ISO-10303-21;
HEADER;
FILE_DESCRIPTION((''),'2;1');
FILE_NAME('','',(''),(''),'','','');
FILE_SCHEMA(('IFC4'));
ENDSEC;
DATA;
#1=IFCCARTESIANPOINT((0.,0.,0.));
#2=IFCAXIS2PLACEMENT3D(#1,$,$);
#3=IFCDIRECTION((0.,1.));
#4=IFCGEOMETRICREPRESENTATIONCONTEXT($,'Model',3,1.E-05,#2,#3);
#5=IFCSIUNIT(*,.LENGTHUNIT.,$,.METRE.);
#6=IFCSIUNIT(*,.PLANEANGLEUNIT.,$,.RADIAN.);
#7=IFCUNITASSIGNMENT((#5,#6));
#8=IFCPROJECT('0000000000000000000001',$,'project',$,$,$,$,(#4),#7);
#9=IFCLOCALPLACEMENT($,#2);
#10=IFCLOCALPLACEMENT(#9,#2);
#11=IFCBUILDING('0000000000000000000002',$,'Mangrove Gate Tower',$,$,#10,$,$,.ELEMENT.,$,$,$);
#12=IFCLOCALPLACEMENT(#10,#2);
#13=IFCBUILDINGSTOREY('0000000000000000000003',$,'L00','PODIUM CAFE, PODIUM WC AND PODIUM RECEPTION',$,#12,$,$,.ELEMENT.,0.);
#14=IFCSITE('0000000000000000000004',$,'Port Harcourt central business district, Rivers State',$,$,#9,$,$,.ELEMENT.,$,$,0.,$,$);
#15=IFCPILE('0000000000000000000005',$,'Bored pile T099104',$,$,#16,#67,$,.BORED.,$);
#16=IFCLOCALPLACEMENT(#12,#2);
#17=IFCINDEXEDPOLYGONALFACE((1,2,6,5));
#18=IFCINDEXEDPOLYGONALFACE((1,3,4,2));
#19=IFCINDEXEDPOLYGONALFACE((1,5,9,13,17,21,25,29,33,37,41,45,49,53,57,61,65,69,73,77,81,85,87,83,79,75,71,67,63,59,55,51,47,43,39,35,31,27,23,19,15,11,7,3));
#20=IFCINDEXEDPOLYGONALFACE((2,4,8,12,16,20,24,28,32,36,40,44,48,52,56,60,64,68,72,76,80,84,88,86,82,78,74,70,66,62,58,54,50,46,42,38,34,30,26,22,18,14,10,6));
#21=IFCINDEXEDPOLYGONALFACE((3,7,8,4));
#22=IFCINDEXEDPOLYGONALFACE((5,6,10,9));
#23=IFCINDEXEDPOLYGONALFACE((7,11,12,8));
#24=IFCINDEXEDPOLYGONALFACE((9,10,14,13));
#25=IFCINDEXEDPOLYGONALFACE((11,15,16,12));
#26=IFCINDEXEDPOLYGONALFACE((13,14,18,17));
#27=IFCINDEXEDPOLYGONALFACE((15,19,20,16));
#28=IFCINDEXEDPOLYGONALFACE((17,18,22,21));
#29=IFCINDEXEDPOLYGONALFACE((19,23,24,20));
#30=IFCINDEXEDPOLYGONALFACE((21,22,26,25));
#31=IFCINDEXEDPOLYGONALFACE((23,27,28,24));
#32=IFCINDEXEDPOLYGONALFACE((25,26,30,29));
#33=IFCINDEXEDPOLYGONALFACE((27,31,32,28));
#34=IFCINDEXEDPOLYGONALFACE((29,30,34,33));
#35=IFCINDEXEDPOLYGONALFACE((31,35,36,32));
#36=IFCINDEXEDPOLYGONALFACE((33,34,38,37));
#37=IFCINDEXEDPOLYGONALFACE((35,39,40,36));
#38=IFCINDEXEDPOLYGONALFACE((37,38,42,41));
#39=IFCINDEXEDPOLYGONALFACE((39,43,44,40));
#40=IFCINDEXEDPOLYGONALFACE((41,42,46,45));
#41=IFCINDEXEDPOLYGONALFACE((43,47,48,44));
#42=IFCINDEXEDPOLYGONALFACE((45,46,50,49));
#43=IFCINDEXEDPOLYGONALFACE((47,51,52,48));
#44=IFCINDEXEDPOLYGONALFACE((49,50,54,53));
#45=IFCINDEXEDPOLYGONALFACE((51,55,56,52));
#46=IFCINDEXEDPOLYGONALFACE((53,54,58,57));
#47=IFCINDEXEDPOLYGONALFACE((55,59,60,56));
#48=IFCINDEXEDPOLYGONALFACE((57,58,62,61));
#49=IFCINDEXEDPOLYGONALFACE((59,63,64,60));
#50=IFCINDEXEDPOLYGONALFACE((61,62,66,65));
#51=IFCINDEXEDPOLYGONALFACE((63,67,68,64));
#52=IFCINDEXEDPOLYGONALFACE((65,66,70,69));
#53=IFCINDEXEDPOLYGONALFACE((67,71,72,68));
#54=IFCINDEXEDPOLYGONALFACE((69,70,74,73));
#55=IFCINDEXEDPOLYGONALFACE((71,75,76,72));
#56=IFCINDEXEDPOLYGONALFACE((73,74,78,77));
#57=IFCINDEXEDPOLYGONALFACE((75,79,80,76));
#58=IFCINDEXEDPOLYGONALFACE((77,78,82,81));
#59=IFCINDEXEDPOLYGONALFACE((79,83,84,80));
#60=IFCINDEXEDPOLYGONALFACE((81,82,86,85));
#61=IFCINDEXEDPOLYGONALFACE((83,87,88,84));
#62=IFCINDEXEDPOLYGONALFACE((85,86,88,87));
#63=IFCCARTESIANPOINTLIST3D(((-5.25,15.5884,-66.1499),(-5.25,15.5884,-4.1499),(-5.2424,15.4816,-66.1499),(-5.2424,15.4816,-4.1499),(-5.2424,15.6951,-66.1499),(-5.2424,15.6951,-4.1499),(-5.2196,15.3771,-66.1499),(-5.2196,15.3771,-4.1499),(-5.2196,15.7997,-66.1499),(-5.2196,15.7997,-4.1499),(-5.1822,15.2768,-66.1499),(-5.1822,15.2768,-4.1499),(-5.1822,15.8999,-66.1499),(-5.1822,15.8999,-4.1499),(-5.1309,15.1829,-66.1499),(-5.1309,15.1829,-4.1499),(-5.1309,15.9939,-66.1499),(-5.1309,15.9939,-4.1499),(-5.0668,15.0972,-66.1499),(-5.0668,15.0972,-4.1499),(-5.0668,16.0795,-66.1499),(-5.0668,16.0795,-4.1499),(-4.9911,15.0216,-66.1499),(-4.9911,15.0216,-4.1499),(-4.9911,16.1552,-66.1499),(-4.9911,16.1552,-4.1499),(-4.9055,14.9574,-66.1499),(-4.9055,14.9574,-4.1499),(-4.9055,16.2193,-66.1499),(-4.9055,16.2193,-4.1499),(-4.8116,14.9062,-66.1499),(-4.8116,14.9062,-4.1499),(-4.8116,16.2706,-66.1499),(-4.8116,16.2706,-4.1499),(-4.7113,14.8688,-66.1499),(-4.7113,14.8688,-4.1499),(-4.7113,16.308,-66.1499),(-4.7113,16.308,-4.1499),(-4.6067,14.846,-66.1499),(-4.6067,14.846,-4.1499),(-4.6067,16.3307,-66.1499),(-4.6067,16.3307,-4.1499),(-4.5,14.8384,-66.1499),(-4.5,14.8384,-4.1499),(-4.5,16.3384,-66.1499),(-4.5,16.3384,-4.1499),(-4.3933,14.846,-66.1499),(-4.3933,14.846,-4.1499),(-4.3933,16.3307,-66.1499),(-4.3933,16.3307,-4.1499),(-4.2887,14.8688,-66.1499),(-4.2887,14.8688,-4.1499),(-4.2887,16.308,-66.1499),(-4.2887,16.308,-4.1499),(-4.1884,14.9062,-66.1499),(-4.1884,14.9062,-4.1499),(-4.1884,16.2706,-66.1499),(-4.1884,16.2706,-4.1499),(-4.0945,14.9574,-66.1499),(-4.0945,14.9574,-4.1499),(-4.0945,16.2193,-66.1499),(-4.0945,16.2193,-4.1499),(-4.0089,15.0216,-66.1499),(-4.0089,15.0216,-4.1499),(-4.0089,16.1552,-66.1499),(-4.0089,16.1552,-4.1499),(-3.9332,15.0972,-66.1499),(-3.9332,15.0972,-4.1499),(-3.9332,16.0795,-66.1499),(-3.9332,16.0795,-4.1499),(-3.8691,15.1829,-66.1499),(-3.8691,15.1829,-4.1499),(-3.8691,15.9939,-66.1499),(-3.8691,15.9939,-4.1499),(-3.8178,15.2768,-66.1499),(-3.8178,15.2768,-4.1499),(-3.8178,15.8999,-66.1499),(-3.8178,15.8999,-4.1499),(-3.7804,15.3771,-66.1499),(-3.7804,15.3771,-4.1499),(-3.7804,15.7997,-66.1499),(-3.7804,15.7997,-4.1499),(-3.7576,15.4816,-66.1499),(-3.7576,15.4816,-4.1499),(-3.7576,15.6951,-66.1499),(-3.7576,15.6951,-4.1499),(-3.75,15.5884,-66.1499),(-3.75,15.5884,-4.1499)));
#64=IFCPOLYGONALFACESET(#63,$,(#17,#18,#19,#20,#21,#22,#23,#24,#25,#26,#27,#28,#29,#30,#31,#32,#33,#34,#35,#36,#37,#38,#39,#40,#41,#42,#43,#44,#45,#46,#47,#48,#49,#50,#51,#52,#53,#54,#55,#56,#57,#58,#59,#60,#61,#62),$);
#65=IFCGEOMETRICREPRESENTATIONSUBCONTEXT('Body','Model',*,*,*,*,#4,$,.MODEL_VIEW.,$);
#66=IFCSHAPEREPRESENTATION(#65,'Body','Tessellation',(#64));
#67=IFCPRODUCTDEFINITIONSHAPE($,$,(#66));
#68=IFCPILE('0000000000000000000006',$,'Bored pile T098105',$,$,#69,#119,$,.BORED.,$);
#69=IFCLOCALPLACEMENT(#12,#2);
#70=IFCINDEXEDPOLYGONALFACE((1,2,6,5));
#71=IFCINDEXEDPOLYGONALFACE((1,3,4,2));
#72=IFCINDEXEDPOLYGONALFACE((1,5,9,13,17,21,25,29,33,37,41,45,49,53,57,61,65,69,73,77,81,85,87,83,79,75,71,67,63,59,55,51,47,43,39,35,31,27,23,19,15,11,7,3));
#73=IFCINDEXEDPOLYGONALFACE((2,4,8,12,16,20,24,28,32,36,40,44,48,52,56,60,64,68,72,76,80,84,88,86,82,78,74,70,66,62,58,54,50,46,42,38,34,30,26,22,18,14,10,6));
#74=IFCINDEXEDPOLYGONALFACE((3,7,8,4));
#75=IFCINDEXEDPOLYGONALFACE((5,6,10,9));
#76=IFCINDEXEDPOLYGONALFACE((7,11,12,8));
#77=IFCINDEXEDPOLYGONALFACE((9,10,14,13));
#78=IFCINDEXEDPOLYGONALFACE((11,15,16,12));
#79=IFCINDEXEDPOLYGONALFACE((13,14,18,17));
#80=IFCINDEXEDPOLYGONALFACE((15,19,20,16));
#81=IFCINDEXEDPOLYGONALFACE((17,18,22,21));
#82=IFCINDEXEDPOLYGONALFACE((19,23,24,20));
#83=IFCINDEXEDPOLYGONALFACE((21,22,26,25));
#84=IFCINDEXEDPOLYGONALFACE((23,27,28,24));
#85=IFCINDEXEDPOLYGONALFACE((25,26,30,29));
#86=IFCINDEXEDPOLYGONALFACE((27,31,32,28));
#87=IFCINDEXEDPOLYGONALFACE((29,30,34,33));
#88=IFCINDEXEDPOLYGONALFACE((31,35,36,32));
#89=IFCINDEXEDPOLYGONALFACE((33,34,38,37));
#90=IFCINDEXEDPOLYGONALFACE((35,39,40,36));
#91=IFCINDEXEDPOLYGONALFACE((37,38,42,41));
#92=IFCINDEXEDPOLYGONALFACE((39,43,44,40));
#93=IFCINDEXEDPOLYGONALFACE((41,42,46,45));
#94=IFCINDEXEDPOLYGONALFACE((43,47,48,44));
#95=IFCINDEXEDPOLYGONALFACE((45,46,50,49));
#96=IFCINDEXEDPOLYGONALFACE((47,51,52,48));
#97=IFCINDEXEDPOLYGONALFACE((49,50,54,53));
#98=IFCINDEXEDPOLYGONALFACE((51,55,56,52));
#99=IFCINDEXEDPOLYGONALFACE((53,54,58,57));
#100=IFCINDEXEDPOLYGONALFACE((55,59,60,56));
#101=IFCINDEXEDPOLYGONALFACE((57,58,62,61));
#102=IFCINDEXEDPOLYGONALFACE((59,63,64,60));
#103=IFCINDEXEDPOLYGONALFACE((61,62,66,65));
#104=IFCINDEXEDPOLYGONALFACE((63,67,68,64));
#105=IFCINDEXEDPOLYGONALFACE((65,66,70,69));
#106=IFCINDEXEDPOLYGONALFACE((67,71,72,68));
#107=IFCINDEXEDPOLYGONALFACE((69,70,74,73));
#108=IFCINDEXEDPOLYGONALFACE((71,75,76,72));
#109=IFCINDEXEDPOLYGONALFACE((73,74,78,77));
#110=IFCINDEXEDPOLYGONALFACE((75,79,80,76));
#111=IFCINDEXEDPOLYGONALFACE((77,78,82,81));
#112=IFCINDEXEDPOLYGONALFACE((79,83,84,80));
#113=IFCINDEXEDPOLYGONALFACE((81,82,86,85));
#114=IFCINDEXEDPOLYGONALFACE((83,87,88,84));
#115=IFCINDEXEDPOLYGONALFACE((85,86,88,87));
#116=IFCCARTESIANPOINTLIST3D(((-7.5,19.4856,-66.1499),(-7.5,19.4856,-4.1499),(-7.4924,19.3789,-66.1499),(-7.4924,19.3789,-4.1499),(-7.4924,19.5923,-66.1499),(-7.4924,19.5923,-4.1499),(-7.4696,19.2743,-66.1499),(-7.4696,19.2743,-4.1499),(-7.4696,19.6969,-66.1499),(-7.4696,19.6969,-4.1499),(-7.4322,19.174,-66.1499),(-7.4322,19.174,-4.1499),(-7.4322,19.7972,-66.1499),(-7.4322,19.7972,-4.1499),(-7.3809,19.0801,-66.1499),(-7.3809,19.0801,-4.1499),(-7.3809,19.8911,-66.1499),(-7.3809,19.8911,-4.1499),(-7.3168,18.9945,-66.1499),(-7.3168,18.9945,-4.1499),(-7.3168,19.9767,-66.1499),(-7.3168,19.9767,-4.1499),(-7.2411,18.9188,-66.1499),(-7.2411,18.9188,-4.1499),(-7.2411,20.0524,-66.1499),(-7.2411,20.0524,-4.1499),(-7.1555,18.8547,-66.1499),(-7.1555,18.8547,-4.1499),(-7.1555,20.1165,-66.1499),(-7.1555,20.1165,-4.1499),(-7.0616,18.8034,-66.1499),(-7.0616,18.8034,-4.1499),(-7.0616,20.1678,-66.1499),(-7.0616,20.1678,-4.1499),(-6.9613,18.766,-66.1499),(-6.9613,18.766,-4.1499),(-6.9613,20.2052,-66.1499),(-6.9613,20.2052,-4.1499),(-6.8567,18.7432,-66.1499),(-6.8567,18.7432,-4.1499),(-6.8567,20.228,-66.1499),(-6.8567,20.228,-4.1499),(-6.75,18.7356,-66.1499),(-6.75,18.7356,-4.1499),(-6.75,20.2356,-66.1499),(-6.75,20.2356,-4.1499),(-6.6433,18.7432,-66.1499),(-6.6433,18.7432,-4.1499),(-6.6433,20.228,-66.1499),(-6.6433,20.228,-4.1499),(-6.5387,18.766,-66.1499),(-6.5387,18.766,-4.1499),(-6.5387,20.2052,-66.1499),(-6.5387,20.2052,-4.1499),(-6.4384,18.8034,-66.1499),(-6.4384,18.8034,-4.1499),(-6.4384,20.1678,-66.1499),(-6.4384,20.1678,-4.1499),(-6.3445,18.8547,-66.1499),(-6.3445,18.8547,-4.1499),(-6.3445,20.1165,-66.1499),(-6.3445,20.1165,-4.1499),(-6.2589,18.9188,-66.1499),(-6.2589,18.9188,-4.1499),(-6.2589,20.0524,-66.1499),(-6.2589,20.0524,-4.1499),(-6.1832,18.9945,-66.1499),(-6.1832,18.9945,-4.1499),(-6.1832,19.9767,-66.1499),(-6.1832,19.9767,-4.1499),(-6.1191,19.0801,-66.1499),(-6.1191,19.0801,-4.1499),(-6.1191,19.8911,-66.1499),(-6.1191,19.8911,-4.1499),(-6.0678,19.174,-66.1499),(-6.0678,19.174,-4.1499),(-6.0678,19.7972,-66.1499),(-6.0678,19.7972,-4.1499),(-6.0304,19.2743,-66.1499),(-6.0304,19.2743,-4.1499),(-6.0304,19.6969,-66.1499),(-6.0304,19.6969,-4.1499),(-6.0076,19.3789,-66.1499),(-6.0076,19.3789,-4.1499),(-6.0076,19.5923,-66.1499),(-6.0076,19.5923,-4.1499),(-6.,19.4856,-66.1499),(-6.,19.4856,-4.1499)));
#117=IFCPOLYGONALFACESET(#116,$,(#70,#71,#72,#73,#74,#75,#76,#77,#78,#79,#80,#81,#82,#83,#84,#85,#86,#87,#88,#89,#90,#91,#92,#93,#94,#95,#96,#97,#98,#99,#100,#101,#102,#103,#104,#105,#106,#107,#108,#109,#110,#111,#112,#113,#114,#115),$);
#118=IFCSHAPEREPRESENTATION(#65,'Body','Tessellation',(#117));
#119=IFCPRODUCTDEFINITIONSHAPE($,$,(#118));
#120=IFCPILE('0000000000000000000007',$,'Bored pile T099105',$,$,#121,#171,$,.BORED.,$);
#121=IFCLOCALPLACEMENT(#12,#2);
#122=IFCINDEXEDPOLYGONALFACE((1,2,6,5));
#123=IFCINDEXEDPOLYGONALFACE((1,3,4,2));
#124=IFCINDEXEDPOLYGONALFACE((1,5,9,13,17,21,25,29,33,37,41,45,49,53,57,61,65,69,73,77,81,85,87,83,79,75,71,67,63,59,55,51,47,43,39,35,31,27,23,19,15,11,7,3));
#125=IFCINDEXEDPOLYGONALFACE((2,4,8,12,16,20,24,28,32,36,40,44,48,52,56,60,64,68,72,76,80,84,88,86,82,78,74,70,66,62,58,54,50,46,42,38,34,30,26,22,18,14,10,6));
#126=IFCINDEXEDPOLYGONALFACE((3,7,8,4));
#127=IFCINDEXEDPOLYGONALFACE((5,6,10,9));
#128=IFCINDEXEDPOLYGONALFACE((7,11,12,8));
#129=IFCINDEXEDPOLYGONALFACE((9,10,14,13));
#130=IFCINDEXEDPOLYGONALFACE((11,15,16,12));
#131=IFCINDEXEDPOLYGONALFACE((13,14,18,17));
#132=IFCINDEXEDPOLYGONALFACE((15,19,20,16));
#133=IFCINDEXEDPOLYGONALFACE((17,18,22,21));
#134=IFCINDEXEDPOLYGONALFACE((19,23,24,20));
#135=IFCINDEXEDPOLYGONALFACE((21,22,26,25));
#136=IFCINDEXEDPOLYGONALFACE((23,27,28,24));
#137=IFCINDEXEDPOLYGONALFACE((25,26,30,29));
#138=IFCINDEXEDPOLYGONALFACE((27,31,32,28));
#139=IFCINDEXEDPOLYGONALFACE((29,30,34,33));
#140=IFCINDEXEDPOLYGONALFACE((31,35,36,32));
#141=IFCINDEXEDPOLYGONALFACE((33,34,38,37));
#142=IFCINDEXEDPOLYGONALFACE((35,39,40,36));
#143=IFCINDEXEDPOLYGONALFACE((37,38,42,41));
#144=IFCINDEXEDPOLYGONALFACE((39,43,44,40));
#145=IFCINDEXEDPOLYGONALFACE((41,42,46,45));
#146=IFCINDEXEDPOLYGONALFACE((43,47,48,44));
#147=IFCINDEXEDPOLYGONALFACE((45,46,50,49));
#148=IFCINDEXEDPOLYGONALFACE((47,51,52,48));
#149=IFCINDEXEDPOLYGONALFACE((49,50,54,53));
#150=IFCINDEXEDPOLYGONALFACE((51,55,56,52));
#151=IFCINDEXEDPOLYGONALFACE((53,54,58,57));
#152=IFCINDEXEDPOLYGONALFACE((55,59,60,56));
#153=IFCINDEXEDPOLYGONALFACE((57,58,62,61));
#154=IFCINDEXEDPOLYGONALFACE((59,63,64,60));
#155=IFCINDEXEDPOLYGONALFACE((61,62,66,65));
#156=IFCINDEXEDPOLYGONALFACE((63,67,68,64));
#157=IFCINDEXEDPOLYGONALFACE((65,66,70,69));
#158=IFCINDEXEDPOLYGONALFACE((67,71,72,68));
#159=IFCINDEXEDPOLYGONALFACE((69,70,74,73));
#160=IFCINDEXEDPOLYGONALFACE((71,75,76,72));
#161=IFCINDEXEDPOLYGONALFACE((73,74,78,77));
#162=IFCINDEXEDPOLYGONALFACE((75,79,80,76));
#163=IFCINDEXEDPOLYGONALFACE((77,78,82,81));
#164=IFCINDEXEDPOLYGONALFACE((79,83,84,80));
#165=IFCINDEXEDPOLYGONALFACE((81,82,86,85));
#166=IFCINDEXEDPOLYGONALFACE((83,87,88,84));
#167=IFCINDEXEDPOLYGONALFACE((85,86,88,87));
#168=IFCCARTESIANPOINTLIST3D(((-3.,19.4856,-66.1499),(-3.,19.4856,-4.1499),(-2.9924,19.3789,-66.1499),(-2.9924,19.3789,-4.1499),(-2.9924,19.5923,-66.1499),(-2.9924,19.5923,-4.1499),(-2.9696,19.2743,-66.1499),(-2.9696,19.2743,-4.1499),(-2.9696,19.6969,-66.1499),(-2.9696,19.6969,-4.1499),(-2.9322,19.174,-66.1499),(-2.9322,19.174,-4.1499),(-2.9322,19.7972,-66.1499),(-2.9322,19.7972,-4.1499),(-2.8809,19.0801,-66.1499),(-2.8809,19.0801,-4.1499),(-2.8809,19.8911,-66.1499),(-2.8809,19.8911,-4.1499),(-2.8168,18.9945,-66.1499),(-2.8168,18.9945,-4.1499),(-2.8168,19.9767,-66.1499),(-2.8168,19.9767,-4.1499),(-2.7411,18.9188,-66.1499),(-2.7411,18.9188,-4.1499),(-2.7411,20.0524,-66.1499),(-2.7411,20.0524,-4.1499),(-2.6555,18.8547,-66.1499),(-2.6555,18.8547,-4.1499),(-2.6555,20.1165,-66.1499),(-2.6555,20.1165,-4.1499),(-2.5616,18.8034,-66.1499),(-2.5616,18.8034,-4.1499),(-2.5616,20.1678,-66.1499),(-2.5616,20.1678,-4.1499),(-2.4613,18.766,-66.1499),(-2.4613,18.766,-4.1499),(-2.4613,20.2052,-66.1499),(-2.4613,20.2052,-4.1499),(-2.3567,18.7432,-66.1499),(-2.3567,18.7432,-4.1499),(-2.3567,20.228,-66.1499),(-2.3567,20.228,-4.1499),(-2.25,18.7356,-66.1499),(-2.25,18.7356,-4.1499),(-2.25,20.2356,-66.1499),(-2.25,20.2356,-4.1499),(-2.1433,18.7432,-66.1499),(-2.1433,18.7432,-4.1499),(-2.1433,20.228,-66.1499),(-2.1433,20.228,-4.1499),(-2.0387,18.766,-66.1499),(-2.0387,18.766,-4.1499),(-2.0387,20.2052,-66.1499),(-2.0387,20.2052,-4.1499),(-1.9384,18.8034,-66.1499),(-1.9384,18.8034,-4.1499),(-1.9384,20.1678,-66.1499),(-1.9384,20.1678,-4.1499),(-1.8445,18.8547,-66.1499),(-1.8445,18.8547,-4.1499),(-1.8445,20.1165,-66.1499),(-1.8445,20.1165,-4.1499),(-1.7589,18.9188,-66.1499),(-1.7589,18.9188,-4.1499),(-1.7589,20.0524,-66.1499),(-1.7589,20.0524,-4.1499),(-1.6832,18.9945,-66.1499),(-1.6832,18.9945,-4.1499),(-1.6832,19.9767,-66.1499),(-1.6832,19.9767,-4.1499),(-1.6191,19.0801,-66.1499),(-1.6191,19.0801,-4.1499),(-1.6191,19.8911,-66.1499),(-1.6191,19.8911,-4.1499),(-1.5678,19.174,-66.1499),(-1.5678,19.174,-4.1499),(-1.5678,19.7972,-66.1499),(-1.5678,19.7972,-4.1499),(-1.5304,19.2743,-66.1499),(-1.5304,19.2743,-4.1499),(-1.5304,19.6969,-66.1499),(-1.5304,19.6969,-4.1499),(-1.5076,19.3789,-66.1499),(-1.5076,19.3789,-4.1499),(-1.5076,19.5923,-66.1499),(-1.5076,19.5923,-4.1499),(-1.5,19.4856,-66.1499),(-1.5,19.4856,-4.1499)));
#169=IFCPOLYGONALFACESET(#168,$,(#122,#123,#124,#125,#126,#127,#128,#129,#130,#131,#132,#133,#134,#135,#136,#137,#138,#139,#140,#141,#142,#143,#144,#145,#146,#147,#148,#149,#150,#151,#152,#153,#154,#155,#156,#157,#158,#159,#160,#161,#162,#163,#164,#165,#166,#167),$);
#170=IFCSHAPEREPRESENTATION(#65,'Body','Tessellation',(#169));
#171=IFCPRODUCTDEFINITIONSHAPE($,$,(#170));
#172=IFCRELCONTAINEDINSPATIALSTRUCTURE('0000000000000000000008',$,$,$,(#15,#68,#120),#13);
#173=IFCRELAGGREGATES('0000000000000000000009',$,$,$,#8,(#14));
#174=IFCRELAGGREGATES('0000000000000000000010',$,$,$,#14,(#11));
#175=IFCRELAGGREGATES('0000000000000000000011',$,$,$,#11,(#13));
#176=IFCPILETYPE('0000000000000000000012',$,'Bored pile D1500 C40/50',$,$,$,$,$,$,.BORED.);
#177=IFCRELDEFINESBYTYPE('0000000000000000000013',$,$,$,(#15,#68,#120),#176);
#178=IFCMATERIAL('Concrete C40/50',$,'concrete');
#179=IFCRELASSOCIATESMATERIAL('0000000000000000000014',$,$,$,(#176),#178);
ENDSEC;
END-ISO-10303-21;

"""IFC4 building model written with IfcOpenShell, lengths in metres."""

from ifc_helpers import new_model, si_unit, direction, frame, origin, origin_2d, place, context, subcontext, project, spatial, circle, extrude, material, material_profile, profile_set, type_object, element, save


model = new_model("IFC4")

# Units and contexts
model_context = context("Model", 3, precision=1e-05, world=origin(), true_north=direction((0.0, 1.0)))
body_context = subcontext(model_context, "Body", "Model", "MODEL_VIEW")
ifc_project = project(units=[si_unit("LENGTHUNIT", "METRE"), si_unit("PLANEANGLEUNIT", "RADIAN")], contexts=[model_context])

# Site, building, storey
site_placement = place(None, origin())
site = spatial("IfcSite", under=ifc_project, at=site_placement, Name="Port Harcourt central business district, Rivers State", CompositionType="ELEMENT", RefElevation=0.0)
building_placement = place(site_placement, origin())
building = spatial("IfcBuilding", under=site, at=building_placement, Name="Mangrove Gate Tower", CompositionType="ELEMENT")
storey_placement = place(building_placement, origin())
storey = spatial("IfcBuildingStorey", under=building, at=storey_placement, Name="L00", Description="PODIUM CAFE, PODIUM WC AND PODIUM RECEPTION", CompositionType="ELEMENT", Elevation=0.0)

# Piles
ifc_material_1 = material(Name="Concrete C40/50", Category="concrete")
ifc_material_profile = material_profile(ifc_material_1, circle(Radius=0.75, at=origin_2d()))
ifc_profile_set = profile_set([ifc_material_profile], Name="Concrete C40/50")
pile_type = type_object("IfcPileType", Name="Bored pile D1500 C40/50", PredefinedType="BORED", material=ifc_profile_set)
for number, where, z_axis, x_axis, name in (
    (1, (-4.5, 15.5884, -4.1499), (0.0, 0.0, -1.0), (1.0, 0.0, 0.0), "Bored pile T099104"),
    (2, (-6.75, 19.4856, -4.1499), (0.0, 0.0, -1.0), (1.0, 0.0, 0.0), "Bored pile T098105"),
    (3, (-2.25, 19.4856, -4.1499), (0.0, 0.0, -1.0), (1.0, 0.0, 0.0), "Bored pile T099105"),
):
    element("IfcPile", number, at=place(storey_placement, frame(where, z_axis=z_axis, x_axis=x_axis)), inside=storey, type_object=pile_type, Name=name, PredefinedType="BORED", context=body_context, shape_type="SweptSolid", body=[
        extrude(circle(Radius=0.75, at=origin_2d()), origin(), (0.0, 0.0, 1.0), 62.0),
    ])

save(model, "model.ifc")
